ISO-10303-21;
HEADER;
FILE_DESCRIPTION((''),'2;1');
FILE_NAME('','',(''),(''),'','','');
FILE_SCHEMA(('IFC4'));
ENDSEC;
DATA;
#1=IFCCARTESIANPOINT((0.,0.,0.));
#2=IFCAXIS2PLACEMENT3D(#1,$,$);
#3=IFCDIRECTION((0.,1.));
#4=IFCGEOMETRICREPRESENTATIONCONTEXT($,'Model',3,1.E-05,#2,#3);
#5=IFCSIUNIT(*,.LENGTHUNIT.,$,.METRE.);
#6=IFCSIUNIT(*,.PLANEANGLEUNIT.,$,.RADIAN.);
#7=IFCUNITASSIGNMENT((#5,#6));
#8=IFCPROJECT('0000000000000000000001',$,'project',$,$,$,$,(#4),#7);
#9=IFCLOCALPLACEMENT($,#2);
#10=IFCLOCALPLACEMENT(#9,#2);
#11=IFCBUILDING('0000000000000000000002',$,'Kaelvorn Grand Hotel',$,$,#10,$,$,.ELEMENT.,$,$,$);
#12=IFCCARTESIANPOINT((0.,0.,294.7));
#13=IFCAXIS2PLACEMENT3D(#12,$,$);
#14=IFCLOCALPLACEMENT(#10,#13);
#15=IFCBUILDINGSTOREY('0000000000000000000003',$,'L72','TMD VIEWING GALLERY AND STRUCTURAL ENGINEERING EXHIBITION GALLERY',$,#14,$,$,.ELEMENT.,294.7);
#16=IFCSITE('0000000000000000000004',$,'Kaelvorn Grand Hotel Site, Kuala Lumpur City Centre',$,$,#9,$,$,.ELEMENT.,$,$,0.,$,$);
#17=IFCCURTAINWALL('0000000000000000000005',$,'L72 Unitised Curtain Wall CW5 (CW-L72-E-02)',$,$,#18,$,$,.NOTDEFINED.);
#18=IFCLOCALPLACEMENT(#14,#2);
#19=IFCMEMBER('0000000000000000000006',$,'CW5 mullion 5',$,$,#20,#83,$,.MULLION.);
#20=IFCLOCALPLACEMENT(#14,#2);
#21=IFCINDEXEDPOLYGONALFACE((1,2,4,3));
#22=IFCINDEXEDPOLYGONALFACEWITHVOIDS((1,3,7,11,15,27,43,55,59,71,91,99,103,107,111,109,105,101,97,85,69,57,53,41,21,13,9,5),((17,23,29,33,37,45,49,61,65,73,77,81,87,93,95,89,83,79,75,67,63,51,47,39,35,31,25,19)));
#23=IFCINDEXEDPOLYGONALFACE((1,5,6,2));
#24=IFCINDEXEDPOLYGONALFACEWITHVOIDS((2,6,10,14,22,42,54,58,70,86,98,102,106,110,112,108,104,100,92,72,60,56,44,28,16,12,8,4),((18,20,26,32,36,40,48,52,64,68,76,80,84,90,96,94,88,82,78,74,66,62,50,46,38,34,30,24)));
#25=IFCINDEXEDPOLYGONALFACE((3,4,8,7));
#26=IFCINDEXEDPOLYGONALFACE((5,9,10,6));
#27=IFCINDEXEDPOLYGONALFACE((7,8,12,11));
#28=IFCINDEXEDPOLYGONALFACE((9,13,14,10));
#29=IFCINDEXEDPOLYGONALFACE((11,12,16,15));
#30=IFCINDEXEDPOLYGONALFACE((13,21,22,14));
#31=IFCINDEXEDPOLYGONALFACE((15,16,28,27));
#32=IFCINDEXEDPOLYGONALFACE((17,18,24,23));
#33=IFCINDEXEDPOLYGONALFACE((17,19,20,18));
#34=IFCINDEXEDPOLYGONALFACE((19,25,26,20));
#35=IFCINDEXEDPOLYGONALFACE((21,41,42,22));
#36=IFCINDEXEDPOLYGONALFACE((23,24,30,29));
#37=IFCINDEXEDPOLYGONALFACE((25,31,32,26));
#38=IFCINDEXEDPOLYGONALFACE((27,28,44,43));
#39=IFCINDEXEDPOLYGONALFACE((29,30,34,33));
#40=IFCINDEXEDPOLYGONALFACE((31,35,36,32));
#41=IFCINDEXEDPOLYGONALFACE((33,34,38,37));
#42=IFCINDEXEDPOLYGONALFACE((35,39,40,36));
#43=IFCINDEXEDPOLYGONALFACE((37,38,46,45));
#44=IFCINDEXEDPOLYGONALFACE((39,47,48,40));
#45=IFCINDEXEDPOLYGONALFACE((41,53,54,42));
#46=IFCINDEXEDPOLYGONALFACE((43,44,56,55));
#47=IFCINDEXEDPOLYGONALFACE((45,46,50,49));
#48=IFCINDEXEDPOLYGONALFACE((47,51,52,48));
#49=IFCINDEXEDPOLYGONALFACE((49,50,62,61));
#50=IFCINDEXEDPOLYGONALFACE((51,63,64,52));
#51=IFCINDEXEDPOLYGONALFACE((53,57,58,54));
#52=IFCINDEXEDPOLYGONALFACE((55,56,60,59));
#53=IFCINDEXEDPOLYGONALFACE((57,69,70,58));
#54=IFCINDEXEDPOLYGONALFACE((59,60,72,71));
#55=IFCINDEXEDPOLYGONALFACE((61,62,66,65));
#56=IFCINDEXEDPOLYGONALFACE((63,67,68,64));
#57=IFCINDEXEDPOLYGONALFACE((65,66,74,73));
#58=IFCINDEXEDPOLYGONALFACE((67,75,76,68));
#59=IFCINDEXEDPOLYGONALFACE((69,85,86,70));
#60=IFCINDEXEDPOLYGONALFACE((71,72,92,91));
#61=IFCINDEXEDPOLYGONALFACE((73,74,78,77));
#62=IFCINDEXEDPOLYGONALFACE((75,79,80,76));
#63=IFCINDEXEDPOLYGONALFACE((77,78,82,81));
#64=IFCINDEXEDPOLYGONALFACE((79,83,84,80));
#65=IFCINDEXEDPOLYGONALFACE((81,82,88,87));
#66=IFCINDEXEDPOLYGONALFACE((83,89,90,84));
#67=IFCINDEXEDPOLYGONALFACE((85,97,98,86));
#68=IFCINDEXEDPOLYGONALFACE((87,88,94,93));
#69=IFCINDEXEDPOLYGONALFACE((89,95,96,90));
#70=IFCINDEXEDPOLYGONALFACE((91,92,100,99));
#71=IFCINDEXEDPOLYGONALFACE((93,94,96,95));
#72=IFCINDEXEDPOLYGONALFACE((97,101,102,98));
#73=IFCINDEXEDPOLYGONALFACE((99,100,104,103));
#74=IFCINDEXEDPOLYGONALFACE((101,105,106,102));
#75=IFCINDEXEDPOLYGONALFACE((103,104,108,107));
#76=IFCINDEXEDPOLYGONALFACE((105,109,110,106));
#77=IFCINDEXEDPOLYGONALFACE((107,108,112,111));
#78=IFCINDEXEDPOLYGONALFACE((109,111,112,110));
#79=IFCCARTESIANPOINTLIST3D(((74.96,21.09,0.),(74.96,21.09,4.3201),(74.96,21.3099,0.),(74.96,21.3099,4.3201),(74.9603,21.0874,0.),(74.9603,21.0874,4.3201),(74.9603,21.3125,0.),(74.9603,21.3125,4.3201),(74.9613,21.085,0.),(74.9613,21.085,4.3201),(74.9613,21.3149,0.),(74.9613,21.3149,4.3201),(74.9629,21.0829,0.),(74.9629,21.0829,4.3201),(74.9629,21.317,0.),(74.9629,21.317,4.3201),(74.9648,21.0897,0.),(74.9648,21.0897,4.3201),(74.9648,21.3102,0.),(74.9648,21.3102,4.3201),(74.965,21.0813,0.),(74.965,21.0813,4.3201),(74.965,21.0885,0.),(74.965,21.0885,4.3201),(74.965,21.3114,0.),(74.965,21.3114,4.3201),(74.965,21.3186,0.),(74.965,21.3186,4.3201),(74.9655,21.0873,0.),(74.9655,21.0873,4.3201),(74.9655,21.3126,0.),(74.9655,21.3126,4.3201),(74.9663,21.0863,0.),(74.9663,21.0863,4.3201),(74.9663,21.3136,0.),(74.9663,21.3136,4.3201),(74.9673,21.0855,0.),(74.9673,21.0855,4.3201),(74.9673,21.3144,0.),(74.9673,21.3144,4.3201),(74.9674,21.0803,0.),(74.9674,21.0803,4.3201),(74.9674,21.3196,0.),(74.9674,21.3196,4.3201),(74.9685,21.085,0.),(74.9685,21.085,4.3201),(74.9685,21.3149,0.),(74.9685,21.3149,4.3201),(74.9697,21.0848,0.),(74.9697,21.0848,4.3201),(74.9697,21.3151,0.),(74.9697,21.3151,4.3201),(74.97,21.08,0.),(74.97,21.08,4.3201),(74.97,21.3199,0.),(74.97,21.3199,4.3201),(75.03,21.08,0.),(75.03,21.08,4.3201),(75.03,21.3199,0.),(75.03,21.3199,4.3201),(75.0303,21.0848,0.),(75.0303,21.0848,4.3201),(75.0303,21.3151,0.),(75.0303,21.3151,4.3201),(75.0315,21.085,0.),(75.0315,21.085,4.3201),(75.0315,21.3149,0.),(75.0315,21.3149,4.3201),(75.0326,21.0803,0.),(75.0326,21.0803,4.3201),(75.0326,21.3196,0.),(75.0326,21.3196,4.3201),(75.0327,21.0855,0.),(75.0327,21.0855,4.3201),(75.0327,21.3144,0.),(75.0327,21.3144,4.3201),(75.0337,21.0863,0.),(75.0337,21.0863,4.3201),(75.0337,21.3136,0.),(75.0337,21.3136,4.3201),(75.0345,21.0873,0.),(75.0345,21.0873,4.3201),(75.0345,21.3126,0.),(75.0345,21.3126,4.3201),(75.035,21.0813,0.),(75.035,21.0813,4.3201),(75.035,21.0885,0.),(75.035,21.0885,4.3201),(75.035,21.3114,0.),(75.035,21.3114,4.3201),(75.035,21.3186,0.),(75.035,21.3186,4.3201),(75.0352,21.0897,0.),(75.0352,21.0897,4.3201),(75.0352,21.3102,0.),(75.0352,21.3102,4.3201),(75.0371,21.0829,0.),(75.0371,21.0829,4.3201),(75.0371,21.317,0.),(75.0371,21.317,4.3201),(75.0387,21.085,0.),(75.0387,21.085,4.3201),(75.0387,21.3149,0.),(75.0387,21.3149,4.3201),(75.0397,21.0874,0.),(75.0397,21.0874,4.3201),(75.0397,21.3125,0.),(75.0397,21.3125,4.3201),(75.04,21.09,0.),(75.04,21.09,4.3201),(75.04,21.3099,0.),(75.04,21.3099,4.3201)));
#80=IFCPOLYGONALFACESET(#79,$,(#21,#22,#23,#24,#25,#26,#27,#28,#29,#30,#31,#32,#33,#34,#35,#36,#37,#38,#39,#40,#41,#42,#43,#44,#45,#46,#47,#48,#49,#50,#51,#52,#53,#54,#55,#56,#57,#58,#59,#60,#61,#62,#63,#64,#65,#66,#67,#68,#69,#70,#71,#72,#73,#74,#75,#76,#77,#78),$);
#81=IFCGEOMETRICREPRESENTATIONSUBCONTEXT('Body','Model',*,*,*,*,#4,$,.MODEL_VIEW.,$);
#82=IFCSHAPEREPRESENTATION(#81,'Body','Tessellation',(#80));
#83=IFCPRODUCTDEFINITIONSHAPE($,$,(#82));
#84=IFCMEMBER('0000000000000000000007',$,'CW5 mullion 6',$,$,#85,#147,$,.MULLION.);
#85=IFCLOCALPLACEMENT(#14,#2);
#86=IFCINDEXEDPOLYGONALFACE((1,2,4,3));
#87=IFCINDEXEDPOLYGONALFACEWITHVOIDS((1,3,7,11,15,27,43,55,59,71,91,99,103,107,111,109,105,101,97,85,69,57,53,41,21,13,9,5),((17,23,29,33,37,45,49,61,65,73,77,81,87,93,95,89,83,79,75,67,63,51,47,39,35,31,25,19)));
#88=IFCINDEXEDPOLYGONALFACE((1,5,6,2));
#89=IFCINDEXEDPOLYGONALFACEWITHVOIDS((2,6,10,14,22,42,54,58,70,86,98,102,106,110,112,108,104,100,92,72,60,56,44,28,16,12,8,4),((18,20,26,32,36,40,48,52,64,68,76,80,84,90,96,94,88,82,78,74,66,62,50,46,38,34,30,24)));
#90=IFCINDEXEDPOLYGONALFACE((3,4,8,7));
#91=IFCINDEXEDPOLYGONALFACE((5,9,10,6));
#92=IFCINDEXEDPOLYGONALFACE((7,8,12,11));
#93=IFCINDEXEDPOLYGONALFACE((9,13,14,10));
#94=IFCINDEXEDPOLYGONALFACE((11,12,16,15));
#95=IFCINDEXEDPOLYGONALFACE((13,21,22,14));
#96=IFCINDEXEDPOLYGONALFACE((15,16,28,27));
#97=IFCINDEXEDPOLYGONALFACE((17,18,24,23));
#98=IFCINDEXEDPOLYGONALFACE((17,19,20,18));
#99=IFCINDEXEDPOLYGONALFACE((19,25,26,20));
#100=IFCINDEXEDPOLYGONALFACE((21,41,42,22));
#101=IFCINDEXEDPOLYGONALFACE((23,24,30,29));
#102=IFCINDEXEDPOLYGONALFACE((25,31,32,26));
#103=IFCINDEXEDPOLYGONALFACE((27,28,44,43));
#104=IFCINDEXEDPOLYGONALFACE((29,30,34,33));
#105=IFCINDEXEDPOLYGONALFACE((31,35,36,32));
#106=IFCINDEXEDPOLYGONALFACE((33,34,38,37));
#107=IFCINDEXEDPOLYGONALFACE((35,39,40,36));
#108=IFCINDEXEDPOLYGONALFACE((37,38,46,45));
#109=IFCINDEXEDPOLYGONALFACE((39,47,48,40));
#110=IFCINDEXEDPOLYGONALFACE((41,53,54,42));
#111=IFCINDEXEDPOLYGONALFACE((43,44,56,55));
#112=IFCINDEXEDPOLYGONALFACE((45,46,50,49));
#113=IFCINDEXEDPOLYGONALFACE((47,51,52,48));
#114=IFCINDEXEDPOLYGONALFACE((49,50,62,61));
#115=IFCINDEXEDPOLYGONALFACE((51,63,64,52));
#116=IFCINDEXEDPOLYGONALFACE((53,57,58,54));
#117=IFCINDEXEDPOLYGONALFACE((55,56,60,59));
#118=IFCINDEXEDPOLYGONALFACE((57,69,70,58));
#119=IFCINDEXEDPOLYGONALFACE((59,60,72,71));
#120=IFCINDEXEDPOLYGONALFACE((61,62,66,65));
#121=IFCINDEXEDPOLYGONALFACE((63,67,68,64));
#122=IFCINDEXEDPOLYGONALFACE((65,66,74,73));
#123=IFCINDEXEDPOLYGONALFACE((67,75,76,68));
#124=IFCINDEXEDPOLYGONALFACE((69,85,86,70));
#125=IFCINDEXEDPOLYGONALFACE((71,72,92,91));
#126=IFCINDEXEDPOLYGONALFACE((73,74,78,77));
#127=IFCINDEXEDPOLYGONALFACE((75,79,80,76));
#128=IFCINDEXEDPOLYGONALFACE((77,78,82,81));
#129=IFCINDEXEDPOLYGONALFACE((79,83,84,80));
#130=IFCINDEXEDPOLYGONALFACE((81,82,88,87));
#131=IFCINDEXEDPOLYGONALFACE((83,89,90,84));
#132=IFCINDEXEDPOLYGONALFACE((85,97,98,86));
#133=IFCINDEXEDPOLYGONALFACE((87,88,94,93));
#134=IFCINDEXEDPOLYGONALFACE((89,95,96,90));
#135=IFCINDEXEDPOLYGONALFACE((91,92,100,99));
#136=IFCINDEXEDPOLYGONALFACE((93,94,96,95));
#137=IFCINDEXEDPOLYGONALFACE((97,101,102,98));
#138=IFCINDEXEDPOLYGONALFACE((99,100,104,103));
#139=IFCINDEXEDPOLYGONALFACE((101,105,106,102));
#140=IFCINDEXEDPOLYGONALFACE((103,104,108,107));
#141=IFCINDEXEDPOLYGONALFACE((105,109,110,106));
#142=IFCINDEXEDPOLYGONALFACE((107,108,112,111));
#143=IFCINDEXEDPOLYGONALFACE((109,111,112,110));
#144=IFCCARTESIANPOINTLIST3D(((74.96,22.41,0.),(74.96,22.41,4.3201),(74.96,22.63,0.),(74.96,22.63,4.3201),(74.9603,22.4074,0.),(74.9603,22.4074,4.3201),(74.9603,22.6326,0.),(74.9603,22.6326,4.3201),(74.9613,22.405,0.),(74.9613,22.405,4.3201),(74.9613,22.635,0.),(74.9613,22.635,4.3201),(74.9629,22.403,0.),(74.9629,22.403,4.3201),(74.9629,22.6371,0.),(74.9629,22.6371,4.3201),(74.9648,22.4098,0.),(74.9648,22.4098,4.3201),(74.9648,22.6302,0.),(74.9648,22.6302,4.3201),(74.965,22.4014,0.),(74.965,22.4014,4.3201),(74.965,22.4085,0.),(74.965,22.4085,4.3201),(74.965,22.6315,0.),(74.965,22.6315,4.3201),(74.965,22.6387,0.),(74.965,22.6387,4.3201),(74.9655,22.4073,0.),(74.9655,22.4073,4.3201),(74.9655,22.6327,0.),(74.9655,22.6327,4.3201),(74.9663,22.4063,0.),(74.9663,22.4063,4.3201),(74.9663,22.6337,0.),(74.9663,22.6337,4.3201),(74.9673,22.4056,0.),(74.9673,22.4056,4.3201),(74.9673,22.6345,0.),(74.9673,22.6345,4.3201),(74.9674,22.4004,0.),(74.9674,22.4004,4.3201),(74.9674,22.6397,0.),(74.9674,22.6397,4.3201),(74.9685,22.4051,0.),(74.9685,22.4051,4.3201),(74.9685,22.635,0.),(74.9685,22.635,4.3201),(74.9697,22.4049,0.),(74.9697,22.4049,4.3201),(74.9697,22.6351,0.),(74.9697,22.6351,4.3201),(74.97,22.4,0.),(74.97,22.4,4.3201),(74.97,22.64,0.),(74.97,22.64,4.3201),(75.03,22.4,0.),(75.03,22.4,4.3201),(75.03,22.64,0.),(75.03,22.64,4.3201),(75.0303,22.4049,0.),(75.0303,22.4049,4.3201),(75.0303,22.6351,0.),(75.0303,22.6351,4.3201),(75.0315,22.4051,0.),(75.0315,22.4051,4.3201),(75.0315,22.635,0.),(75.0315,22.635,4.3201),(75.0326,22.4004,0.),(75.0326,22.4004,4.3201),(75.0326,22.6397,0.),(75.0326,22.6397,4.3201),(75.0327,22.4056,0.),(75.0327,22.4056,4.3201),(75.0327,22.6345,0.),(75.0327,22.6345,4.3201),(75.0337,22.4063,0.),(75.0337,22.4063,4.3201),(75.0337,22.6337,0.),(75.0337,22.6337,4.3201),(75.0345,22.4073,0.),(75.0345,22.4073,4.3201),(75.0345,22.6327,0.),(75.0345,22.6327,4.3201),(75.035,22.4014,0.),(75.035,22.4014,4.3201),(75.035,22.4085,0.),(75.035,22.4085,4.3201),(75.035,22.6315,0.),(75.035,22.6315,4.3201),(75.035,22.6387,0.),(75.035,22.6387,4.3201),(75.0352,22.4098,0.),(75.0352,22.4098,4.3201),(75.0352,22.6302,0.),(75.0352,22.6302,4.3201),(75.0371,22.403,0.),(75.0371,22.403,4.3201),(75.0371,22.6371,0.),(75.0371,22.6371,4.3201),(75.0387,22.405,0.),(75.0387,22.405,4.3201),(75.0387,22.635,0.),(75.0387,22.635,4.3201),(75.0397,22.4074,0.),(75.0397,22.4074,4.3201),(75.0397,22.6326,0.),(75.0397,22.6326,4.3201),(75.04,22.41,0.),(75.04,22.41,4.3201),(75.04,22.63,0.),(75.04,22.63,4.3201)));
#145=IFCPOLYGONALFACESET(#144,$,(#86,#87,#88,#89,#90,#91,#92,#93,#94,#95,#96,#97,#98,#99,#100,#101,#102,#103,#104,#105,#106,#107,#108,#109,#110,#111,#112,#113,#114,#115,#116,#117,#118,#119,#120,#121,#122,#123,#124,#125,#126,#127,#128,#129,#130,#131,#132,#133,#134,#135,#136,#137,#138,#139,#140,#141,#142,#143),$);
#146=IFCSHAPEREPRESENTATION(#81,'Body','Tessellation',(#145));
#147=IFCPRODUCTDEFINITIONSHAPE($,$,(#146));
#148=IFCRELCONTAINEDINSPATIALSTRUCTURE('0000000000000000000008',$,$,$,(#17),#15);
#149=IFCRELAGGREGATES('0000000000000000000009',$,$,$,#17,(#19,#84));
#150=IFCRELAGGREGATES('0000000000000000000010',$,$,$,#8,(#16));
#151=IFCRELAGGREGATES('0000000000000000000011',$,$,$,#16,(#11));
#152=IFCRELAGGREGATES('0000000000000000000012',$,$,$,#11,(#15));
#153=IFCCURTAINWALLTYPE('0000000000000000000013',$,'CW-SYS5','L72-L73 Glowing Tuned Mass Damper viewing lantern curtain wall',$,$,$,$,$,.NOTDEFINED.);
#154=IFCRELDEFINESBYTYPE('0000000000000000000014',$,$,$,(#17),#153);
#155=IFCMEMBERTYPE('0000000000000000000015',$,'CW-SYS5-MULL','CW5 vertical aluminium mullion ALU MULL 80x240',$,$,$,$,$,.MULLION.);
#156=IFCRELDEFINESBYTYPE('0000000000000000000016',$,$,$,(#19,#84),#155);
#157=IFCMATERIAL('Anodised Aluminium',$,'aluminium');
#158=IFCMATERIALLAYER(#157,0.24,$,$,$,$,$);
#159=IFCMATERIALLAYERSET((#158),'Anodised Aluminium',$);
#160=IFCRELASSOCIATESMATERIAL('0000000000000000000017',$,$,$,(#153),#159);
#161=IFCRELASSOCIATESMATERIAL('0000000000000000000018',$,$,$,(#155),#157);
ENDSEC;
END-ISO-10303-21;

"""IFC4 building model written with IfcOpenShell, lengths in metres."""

from ifc_helpers import new_model, si_unit, direction, frame, origin, origin_2d, place, context, subcontext, project, spatial, hollow_rectangle, extrude, material, layer, layer_set, material_profile, profile_set, type_object, element, aggregate, save


model = new_model("IFC4")

# Units and contexts
model_context = context("Model", 3, precision=1e-05, world=origin(), true_north=direction((0.0, 1.0)))
body_context = subcontext(model_context, "Body", "Model", "MODEL_VIEW")
ifc_project = project(units=[si_unit("LENGTHUNIT", "METRE"), si_unit("PLANEANGLEUNIT", "RADIAN")], contexts=[model_context])

# Site, building, storey
site_placement = place(None, origin())
site = spatial("IfcSite", under=ifc_project, at=site_placement, Name="Kaelvorn Grand Hotel Site, Kuala Lumpur City Centre", CompositionType="ELEMENT", RefElevation=0.0)
building_placement = place(site_placement, origin())
building = spatial("IfcBuilding", under=site, at=building_placement, Name="Kaelvorn Grand Hotel", CompositionType="ELEMENT")
storey_placement = place(building_placement, frame((0.0, 0.0, 294.7)))
storey = spatial("IfcBuildingStorey", under=building, at=storey_placement, Name="L72", Description="TMD VIEWING GALLERY AND STRUCTURAL ENGINEERING EXHIBITION GALLERY", CompositionType="ELEMENT", Elevation=294.7)

# Curtain wall, members
ifc_material_1 = material(Name="Anodised Aluminium", Category="aluminium")
ifc_layer_1 = layer(ifc_material_1, 0.24)
ifc_layer_set_1 = layer_set([ifc_layer_1], Name="Anodised Aluminium")
curtain_wall_type = type_object("IfcCurtainWallType", Name="CW-SYS5", Description="L72-L73 Glowing Tuned Mass Damper viewing lantern curtain wall", PredefinedType="NOTDEFINED", material=ifc_layer_set_1)
curtain_wall_placement = place(storey_placement, origin())
curtain_wall = element("IfcCurtainWall", 1, at=curtain_wall_placement, inside=storey, type_object=curtain_wall_type, Name="L72 Unitised Curtain Wall CW5 (CW-L72-E-02)", PredefinedType="NOTDEFINED")
ifc_material_profile_1 = material_profile(ifc_material_1, hollow_rectangle(XDim=0.0801, YDim=0.24, WallThickness=0.0049, InnerFilletRadius=0.0049, OuterFilletRadius=0.01, at=origin_2d()), Name="ALU MULL 80x240")
ifc_profile_set_1 = profile_set([ifc_material_profile_1], Name="Anodised Aluminium")
member_type_1 = type_object("IfcMemberType", Name="CW-SYS5-MULL", Description="CW5 vertical aluminium mullion ALU MULL 80x240", PredefinedType="MULLION", material=ifc_profile_set_1)
member_1_placement = place(storey_placement, frame((75.0, 21.2, 0.0), z_axis=(0.0, 0.0, 1.0), x_axis=(-1.0, 0.0, 0.0)))
member_1 = element("IfcMember", 2, at=member_1_placement, type_object=member_type_1, Name="CW5 mullion 5", PredefinedType="MULLION", context=body_context, shape_type="SweptSolid", body=[
    extrude(hollow_rectangle(XDim=0.0801, YDim=0.24, WallThickness=0.0049, InnerFilletRadius=0.0049, OuterFilletRadius=0.01, at=origin_2d()), origin(), (0.0, 0.0, 1.0), 4.3201),
])
member_2_placement = place(storey_placement, frame((75.0, 22.52, 0.0), z_axis=(0.0, 0.0, 1.0), x_axis=(-1.0, 0.0, 0.0)))
member_2 = element("IfcMember", 3, at=member_2_placement, type_object=member_type_1, Name="CW5 mullion 6", PredefinedType="MULLION", context=body_context, shape_type="SweptSolid", body=[
    extrude(hollow_rectangle(XDim=0.0801, YDim=0.24, WallThickness=0.0049, InnerFilletRadius=0.0049, OuterFilletRadius=0.01, at=origin_2d()), origin(), (0.0, 0.0, 1.0), 4.3201),
])
aggregate(curtain_wall, [member_1, member_2])

save(model, "model.ifc")
